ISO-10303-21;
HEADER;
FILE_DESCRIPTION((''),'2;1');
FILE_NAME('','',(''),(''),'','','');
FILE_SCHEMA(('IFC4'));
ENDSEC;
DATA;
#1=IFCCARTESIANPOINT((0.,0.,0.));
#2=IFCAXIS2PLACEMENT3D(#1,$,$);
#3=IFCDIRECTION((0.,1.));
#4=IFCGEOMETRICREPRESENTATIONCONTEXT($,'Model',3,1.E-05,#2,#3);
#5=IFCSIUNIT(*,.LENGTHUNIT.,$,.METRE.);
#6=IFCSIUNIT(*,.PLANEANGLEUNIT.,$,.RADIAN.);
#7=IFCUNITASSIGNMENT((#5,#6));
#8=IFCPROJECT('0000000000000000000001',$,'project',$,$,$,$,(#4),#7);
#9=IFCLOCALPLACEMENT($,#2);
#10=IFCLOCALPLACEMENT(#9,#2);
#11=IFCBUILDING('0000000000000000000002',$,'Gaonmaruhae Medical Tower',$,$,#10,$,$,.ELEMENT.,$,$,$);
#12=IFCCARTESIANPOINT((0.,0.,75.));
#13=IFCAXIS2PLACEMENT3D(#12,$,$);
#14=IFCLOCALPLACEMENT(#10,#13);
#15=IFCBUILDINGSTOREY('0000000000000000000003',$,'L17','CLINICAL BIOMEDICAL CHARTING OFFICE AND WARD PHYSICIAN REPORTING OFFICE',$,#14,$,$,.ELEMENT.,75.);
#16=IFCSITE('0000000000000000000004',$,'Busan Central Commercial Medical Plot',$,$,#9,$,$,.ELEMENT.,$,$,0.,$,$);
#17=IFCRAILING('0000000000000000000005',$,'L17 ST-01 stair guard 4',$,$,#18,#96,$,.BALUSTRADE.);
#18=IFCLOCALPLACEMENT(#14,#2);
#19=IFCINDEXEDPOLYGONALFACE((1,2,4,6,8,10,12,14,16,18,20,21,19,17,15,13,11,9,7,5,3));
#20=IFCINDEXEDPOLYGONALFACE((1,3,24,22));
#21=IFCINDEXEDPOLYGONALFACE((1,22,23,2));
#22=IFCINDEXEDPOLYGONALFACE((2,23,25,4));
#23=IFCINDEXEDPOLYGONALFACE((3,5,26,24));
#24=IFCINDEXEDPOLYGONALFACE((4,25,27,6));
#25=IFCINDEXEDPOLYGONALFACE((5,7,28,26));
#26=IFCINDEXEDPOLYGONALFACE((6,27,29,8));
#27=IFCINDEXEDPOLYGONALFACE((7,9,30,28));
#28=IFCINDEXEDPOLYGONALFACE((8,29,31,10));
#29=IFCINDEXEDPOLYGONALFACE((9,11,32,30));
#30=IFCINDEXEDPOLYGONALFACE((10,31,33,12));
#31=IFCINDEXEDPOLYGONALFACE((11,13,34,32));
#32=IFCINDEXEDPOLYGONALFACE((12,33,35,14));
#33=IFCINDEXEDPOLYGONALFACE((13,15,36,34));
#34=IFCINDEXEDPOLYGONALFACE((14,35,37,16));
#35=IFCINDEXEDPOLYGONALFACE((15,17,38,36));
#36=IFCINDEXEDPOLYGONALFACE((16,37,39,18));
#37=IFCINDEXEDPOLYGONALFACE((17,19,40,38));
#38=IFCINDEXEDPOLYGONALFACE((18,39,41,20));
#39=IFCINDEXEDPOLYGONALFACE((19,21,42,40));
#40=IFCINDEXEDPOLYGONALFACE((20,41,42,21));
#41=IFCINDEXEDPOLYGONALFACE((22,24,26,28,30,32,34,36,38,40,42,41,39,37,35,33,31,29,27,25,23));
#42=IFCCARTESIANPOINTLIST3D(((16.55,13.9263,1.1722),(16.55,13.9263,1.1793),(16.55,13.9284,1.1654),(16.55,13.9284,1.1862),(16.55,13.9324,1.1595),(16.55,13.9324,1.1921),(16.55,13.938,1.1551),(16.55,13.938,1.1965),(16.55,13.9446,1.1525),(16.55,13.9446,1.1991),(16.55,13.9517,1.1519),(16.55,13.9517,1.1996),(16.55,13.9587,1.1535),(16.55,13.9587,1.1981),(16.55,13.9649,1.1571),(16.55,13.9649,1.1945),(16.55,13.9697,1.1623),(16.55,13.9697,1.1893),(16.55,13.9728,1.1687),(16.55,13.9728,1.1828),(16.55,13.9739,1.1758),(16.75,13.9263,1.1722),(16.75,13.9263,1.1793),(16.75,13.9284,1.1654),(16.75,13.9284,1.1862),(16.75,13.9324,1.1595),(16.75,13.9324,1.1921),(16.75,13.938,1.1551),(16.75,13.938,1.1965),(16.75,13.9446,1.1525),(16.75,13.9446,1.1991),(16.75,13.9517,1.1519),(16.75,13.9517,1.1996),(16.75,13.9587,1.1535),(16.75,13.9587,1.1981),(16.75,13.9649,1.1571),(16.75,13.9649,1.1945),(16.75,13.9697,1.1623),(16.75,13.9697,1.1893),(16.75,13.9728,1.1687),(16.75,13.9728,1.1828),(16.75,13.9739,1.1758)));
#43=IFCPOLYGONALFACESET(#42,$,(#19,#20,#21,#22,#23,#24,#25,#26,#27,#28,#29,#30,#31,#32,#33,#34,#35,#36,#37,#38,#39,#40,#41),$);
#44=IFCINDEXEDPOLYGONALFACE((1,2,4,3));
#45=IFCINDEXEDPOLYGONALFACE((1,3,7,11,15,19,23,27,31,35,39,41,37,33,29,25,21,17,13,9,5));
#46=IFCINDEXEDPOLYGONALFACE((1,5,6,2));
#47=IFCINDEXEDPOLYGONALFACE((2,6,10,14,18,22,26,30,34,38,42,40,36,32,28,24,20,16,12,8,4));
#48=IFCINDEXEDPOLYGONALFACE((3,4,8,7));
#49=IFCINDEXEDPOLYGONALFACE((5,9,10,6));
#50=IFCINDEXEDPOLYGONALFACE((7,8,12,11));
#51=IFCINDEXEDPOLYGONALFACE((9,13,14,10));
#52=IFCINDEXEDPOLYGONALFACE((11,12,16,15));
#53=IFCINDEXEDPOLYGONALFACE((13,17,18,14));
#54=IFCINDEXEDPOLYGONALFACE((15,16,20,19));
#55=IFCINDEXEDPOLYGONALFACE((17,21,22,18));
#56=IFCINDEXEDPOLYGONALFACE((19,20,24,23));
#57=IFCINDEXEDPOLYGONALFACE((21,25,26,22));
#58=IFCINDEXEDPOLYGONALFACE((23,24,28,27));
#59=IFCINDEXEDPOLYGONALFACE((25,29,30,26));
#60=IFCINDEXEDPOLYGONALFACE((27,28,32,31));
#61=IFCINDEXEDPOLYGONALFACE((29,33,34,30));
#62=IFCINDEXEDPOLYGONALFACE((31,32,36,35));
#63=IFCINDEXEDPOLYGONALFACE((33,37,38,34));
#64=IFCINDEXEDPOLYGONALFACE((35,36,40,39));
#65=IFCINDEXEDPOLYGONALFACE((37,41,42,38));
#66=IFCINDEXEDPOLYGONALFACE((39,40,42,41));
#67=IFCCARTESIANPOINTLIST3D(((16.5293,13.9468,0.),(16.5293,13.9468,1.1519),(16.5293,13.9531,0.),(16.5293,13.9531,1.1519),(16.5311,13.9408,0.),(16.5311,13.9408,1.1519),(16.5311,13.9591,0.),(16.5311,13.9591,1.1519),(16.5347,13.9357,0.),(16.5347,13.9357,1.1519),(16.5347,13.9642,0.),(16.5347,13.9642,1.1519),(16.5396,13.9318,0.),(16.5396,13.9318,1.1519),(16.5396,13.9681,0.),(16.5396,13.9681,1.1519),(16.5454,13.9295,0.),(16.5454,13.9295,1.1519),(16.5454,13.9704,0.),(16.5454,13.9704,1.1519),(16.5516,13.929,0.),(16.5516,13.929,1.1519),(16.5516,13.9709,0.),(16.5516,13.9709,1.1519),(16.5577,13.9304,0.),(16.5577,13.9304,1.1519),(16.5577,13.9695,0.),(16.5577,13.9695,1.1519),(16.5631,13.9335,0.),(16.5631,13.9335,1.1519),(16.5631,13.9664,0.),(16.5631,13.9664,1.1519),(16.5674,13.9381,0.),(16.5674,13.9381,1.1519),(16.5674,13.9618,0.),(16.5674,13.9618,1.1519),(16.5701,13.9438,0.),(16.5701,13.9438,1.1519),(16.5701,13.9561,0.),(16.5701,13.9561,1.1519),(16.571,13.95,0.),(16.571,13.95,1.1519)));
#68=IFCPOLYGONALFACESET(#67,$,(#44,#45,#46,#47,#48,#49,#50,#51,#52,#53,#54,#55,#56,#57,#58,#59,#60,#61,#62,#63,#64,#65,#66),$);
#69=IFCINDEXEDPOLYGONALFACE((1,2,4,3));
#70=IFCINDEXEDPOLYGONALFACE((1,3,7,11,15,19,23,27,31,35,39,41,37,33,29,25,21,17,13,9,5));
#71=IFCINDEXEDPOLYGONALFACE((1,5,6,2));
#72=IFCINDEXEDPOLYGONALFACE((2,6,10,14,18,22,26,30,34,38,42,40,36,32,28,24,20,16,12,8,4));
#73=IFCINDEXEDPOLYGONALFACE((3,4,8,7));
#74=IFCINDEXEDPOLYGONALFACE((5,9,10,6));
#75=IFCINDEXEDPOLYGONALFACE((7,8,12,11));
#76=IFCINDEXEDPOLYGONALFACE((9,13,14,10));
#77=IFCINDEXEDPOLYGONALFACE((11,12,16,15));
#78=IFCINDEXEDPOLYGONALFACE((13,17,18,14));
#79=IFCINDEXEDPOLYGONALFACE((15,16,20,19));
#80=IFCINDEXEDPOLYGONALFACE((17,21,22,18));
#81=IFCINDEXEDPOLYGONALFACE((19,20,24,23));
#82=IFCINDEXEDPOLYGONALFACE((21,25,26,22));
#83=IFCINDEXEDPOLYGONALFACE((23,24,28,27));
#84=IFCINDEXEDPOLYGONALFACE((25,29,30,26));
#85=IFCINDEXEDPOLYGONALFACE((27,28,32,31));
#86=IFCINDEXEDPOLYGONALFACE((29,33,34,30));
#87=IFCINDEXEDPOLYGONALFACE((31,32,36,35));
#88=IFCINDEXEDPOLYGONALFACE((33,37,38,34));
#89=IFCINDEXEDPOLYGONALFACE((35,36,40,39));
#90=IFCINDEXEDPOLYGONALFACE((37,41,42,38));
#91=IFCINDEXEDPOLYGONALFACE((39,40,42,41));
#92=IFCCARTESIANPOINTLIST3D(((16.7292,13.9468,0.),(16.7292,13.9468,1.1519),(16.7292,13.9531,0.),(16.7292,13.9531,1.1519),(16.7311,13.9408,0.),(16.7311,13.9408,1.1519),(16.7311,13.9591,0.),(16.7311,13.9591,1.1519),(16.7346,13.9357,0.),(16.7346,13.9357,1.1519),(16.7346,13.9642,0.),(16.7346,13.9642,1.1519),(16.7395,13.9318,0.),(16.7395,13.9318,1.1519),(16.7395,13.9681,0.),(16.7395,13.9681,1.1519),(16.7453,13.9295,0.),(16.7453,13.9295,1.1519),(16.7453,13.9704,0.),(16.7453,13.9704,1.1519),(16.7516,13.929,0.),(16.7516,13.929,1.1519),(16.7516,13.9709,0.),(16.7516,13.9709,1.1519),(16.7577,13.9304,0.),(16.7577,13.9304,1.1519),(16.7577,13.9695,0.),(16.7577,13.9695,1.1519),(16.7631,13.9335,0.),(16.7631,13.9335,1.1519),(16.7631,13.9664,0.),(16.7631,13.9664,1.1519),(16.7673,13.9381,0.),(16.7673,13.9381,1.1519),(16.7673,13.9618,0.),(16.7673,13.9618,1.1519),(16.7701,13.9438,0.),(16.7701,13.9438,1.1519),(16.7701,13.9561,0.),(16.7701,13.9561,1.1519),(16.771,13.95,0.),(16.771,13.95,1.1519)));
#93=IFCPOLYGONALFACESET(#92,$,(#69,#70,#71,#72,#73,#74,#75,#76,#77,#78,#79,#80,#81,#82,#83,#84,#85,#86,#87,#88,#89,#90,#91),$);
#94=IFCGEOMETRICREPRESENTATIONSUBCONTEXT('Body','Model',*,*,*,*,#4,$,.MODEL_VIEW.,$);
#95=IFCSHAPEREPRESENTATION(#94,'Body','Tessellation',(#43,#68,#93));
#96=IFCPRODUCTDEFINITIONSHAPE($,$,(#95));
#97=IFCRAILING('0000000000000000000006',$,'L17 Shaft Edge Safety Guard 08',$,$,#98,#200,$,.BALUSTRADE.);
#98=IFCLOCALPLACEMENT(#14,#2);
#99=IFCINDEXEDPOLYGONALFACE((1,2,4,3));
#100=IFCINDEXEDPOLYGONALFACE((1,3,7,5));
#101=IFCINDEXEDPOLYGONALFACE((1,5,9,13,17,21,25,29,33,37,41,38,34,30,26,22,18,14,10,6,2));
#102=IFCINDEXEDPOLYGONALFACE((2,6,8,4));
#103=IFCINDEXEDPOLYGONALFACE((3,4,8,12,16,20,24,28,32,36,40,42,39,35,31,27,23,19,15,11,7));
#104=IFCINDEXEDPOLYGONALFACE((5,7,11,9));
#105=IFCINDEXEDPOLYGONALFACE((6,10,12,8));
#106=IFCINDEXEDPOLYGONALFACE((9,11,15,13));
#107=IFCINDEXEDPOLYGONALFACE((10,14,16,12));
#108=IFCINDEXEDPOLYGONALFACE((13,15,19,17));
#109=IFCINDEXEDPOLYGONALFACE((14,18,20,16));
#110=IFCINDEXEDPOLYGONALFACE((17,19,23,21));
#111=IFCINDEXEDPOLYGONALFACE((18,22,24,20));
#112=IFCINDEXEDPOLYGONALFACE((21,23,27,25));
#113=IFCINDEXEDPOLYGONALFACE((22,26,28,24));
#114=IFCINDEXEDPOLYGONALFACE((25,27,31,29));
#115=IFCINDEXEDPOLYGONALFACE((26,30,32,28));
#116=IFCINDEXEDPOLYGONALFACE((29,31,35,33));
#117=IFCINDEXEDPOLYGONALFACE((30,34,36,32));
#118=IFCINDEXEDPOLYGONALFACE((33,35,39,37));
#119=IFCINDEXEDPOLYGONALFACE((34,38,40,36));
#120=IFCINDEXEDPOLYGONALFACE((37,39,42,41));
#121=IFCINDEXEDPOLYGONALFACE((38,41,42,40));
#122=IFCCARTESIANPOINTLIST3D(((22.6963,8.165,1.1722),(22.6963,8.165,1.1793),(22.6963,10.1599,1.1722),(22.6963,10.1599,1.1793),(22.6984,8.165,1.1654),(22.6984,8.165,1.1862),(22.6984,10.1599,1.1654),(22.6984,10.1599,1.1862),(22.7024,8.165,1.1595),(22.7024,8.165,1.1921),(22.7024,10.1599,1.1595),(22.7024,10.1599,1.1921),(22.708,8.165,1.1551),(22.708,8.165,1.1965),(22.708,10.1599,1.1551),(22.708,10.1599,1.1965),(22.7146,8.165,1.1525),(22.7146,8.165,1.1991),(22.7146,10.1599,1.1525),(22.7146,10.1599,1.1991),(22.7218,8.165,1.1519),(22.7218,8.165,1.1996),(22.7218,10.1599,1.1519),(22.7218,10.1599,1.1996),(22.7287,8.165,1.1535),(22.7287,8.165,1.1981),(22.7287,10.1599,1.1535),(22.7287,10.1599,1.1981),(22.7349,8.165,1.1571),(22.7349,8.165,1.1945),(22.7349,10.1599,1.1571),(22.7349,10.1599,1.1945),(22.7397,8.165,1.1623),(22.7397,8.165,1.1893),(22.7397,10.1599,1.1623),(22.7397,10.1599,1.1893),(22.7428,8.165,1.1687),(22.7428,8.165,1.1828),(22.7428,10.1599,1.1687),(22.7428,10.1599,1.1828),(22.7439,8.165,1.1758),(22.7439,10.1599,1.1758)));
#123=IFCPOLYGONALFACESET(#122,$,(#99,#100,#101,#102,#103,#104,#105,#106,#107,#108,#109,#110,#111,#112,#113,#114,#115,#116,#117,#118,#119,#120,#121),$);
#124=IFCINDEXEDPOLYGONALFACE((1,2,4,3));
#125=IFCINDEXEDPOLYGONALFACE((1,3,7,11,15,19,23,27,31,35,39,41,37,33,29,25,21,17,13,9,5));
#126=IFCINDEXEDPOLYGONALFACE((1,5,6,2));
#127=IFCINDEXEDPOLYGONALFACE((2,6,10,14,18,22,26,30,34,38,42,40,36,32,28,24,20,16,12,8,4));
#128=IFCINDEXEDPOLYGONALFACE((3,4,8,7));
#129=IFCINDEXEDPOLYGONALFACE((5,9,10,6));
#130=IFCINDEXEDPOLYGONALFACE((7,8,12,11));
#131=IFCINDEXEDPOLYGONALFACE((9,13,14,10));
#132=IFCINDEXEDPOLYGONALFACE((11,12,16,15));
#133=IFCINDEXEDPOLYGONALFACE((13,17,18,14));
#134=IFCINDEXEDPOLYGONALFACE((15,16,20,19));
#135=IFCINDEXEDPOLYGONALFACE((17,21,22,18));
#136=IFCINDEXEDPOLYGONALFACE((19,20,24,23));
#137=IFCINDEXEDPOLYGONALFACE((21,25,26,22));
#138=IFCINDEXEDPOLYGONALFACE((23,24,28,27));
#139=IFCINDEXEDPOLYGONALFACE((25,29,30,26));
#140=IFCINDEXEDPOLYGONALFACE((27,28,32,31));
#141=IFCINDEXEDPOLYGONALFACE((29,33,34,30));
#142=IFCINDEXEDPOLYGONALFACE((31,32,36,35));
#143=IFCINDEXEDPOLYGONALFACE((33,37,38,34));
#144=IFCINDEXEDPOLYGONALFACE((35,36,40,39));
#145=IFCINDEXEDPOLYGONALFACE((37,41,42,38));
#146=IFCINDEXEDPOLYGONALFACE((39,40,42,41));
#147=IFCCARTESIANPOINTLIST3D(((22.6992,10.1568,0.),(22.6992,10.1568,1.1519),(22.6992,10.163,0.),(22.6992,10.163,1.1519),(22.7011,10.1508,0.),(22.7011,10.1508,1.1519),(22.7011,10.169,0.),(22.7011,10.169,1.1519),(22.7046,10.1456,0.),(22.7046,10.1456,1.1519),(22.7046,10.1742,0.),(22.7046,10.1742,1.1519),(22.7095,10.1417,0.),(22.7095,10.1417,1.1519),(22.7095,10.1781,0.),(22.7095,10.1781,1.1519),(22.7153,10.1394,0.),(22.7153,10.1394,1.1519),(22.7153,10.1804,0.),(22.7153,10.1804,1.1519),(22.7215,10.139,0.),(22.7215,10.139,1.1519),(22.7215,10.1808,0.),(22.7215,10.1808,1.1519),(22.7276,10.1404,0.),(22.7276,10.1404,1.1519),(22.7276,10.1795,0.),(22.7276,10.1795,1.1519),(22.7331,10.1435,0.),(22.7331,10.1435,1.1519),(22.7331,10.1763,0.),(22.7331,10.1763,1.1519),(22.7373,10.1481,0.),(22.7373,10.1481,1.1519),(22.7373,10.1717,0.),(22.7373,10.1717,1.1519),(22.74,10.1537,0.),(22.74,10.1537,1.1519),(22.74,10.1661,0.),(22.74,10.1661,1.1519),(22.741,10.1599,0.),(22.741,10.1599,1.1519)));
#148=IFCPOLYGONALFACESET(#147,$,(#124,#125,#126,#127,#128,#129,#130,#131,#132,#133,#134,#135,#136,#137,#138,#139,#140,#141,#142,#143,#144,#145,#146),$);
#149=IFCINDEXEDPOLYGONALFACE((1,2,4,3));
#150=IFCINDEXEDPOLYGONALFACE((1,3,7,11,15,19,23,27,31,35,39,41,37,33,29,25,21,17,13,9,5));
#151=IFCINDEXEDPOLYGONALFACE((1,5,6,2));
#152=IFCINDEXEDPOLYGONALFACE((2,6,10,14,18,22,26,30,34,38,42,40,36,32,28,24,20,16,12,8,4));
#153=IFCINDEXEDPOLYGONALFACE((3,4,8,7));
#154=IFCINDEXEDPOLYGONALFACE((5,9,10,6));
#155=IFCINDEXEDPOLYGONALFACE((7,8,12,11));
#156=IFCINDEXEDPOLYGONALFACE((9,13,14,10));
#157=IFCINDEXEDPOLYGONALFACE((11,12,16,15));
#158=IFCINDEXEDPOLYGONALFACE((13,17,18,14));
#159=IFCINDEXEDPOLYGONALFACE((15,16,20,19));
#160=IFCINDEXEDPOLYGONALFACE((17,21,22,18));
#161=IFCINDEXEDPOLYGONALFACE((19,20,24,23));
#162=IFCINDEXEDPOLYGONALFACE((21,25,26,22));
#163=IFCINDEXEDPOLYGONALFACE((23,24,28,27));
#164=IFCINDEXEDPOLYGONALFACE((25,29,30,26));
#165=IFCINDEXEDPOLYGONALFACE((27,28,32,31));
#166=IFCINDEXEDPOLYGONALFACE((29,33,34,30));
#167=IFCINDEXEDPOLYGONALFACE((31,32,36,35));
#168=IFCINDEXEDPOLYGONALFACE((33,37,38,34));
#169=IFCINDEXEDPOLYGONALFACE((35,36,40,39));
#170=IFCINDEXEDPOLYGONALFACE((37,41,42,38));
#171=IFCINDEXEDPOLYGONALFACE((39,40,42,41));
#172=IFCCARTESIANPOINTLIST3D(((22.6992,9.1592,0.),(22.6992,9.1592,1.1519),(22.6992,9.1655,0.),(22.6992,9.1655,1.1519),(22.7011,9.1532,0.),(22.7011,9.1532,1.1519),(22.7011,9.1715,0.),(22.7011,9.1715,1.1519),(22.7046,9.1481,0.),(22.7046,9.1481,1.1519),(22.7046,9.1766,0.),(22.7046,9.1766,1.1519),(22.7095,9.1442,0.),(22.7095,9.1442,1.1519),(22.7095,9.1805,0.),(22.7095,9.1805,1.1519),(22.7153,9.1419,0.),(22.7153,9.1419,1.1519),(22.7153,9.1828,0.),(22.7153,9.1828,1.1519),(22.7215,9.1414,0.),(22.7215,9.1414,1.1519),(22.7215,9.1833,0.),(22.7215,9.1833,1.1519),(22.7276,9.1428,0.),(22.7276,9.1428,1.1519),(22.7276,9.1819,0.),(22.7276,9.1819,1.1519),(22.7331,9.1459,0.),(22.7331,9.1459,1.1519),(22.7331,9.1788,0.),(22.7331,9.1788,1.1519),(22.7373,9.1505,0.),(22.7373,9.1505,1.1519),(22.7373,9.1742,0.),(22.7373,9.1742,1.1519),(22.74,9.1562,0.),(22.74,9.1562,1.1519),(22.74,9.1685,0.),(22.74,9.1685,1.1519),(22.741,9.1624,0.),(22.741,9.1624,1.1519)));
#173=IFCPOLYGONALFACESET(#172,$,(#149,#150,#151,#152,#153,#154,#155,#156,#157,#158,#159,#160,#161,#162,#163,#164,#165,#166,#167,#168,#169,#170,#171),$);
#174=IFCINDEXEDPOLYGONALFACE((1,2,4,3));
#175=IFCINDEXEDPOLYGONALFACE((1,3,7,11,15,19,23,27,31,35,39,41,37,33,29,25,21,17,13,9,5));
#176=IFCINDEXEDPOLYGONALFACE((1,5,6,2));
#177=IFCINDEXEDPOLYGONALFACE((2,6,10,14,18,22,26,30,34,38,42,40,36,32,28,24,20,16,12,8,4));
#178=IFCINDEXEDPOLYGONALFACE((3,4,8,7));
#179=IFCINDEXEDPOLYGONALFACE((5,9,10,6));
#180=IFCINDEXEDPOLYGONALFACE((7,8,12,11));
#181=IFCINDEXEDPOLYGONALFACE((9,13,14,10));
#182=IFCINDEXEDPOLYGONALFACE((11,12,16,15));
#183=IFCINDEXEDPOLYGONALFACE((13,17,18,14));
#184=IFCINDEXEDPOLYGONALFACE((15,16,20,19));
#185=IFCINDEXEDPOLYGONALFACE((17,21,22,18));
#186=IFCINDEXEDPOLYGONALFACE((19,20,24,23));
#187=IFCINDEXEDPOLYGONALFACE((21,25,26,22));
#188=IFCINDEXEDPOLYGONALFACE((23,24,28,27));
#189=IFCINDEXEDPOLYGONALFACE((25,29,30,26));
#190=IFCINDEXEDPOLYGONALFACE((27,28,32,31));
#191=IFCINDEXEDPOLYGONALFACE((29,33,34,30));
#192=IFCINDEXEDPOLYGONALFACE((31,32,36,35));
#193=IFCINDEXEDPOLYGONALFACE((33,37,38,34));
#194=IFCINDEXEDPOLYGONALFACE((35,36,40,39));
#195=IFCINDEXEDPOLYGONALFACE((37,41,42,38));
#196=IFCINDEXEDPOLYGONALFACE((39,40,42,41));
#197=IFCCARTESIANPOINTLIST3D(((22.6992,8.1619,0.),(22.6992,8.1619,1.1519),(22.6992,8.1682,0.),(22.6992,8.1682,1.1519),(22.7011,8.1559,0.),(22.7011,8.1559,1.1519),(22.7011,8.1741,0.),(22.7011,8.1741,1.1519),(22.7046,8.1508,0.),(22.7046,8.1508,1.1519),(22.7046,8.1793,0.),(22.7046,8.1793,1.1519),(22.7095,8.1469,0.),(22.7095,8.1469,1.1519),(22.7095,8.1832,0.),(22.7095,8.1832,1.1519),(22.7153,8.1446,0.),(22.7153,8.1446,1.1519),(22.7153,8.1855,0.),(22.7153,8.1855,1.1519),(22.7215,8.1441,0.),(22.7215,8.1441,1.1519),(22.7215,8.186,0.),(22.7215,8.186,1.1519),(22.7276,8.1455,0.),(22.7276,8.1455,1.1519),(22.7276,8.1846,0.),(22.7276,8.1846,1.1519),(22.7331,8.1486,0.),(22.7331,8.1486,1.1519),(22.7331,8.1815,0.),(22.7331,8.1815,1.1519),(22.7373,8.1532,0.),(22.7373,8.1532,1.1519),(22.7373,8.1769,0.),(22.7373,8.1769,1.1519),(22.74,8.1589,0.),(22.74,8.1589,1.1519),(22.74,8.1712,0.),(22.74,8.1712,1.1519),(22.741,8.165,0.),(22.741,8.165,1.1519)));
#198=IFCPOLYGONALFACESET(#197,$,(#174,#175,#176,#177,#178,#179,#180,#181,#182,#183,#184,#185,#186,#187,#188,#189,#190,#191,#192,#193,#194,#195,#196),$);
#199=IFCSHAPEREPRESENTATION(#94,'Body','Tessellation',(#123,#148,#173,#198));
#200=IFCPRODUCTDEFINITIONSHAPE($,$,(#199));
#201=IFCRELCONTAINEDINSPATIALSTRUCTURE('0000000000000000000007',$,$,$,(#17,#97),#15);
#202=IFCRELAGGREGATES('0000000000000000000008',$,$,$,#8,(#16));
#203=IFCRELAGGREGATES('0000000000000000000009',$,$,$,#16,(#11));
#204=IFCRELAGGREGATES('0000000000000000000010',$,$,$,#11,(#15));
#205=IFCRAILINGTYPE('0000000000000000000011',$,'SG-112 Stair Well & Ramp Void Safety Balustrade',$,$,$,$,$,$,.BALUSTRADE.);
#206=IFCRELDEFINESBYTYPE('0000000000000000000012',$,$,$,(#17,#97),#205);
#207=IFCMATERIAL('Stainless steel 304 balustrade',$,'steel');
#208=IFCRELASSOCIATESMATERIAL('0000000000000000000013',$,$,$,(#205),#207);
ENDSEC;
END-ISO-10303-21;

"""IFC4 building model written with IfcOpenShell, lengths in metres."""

from ifc_helpers import new_model, si_unit, direction, frame, origin, origin_2d, place, context, subcontext, project, spatial, circle, extrude, material, type_object, element, save


model = new_model("IFC4")

# Units and contexts
model_context = context("Model", 3, precision=1e-05, world=origin(), true_north=direction((0.0, 1.0)))
body_context = subcontext(model_context, "Body", "Model", "MODEL_VIEW")
ifc_project = project(units=[si_unit("LENGTHUNIT", "METRE"), si_unit("PLANEANGLEUNIT", "RADIAN")], contexts=[model_context])

# Site, building, storey
site_placement = place(None, origin())
site = spatial("IfcSite", under=ifc_project, at=site_placement, Name="Busan Central Commercial Medical Plot", CompositionType="ELEMENT", RefElevation=0.0)
building_placement = place(site_placement, origin())
building = spatial("IfcBuilding", under=site, at=building_placement, Name="Gaonmaruhae Medical Tower", CompositionType="ELEMENT")
storey_placement = place(building_placement, frame((0.0, 0.0, 75.0)))
storey = spatial("IfcBuildingStorey", under=building, at=storey_placement, Name="L17", Description="CLINICAL BIOMEDICAL CHARTING OFFICE AND WARD PHYSICIAN REPORTING OFFICE", CompositionType="ELEMENT", Elevation=75.0)

# Railings
ifc_material_1 = material(Name="Stainless steel 304 balustrade", Category="steel")
railing_type_1 = type_object("IfcRailingType", Name="SG-112 Stair Well & Ramp Void Safety Balustrade", PredefinedType="BALUSTRADE", material=ifc_material_1)
railing_1_placement = place(storey_placement, frame((16.55, 13.95, 0.0)))
element("IfcRailing", 1, at=railing_1_placement, inside=storey, type_object=railing_type_1, Name="L17 ST-01 stair guard 4", PredefinedType="BALUSTRADE", context=body_context, shape_type="SweptSolid", body=[
    extrude(circle(Radius=0.0239, at=origin_2d()), frame((0.0, 0.0, 1.1758), z_axis=(1.0, 0.0, 0.0), x_axis=(0.0, 1.0, 0.0)), (0.0, 0.0, 1.0), 0.2),
    extrude(circle(Radius=0.021, at=origin_2d()), origin(), (0.0, 0.0, 1.0), 1.1519),
    extrude(circle(Radius=0.021, at=origin_2d()), frame((0.2, 0.0, 0.0)), (0.0, 0.0, 1.0), 1.1519),
])
railing_2_placement = place(storey_placement, frame((22.72, 10.1599, 0.0)))
element("IfcRailing", 2, at=railing_2_placement, inside=storey, type_object=railing_type_1, Name="L17 Shaft Edge Safety Guard 08", PredefinedType="BALUSTRADE", context=body_context, shape_type="SweptSolid", body=[
    extrude(circle(Radius=0.0239, at=origin_2d()), frame((0.0, 0.0, 1.1758), z_axis=(0.0, -1.0, 0.0), x_axis=(1.0, 0.0, 0.0)), (0.0, 0.0, 1.0), 1.9949),
    extrude(circle(Radius=0.021, at=origin_2d()), origin(), (0.0, 0.0, 1.0), 1.1519),
    extrude(circle(Radius=0.021, at=origin_2d()), frame((0.0, -0.9976, 0.0)), (0.0, 0.0, 1.0), 1.1519),
    extrude(circle(Radius=0.021, at=origin_2d()), frame((0.0, -1.9949, 0.0)), (0.0, 0.0, 1.0), 1.1519),
])

save(model, "model.ifc")
